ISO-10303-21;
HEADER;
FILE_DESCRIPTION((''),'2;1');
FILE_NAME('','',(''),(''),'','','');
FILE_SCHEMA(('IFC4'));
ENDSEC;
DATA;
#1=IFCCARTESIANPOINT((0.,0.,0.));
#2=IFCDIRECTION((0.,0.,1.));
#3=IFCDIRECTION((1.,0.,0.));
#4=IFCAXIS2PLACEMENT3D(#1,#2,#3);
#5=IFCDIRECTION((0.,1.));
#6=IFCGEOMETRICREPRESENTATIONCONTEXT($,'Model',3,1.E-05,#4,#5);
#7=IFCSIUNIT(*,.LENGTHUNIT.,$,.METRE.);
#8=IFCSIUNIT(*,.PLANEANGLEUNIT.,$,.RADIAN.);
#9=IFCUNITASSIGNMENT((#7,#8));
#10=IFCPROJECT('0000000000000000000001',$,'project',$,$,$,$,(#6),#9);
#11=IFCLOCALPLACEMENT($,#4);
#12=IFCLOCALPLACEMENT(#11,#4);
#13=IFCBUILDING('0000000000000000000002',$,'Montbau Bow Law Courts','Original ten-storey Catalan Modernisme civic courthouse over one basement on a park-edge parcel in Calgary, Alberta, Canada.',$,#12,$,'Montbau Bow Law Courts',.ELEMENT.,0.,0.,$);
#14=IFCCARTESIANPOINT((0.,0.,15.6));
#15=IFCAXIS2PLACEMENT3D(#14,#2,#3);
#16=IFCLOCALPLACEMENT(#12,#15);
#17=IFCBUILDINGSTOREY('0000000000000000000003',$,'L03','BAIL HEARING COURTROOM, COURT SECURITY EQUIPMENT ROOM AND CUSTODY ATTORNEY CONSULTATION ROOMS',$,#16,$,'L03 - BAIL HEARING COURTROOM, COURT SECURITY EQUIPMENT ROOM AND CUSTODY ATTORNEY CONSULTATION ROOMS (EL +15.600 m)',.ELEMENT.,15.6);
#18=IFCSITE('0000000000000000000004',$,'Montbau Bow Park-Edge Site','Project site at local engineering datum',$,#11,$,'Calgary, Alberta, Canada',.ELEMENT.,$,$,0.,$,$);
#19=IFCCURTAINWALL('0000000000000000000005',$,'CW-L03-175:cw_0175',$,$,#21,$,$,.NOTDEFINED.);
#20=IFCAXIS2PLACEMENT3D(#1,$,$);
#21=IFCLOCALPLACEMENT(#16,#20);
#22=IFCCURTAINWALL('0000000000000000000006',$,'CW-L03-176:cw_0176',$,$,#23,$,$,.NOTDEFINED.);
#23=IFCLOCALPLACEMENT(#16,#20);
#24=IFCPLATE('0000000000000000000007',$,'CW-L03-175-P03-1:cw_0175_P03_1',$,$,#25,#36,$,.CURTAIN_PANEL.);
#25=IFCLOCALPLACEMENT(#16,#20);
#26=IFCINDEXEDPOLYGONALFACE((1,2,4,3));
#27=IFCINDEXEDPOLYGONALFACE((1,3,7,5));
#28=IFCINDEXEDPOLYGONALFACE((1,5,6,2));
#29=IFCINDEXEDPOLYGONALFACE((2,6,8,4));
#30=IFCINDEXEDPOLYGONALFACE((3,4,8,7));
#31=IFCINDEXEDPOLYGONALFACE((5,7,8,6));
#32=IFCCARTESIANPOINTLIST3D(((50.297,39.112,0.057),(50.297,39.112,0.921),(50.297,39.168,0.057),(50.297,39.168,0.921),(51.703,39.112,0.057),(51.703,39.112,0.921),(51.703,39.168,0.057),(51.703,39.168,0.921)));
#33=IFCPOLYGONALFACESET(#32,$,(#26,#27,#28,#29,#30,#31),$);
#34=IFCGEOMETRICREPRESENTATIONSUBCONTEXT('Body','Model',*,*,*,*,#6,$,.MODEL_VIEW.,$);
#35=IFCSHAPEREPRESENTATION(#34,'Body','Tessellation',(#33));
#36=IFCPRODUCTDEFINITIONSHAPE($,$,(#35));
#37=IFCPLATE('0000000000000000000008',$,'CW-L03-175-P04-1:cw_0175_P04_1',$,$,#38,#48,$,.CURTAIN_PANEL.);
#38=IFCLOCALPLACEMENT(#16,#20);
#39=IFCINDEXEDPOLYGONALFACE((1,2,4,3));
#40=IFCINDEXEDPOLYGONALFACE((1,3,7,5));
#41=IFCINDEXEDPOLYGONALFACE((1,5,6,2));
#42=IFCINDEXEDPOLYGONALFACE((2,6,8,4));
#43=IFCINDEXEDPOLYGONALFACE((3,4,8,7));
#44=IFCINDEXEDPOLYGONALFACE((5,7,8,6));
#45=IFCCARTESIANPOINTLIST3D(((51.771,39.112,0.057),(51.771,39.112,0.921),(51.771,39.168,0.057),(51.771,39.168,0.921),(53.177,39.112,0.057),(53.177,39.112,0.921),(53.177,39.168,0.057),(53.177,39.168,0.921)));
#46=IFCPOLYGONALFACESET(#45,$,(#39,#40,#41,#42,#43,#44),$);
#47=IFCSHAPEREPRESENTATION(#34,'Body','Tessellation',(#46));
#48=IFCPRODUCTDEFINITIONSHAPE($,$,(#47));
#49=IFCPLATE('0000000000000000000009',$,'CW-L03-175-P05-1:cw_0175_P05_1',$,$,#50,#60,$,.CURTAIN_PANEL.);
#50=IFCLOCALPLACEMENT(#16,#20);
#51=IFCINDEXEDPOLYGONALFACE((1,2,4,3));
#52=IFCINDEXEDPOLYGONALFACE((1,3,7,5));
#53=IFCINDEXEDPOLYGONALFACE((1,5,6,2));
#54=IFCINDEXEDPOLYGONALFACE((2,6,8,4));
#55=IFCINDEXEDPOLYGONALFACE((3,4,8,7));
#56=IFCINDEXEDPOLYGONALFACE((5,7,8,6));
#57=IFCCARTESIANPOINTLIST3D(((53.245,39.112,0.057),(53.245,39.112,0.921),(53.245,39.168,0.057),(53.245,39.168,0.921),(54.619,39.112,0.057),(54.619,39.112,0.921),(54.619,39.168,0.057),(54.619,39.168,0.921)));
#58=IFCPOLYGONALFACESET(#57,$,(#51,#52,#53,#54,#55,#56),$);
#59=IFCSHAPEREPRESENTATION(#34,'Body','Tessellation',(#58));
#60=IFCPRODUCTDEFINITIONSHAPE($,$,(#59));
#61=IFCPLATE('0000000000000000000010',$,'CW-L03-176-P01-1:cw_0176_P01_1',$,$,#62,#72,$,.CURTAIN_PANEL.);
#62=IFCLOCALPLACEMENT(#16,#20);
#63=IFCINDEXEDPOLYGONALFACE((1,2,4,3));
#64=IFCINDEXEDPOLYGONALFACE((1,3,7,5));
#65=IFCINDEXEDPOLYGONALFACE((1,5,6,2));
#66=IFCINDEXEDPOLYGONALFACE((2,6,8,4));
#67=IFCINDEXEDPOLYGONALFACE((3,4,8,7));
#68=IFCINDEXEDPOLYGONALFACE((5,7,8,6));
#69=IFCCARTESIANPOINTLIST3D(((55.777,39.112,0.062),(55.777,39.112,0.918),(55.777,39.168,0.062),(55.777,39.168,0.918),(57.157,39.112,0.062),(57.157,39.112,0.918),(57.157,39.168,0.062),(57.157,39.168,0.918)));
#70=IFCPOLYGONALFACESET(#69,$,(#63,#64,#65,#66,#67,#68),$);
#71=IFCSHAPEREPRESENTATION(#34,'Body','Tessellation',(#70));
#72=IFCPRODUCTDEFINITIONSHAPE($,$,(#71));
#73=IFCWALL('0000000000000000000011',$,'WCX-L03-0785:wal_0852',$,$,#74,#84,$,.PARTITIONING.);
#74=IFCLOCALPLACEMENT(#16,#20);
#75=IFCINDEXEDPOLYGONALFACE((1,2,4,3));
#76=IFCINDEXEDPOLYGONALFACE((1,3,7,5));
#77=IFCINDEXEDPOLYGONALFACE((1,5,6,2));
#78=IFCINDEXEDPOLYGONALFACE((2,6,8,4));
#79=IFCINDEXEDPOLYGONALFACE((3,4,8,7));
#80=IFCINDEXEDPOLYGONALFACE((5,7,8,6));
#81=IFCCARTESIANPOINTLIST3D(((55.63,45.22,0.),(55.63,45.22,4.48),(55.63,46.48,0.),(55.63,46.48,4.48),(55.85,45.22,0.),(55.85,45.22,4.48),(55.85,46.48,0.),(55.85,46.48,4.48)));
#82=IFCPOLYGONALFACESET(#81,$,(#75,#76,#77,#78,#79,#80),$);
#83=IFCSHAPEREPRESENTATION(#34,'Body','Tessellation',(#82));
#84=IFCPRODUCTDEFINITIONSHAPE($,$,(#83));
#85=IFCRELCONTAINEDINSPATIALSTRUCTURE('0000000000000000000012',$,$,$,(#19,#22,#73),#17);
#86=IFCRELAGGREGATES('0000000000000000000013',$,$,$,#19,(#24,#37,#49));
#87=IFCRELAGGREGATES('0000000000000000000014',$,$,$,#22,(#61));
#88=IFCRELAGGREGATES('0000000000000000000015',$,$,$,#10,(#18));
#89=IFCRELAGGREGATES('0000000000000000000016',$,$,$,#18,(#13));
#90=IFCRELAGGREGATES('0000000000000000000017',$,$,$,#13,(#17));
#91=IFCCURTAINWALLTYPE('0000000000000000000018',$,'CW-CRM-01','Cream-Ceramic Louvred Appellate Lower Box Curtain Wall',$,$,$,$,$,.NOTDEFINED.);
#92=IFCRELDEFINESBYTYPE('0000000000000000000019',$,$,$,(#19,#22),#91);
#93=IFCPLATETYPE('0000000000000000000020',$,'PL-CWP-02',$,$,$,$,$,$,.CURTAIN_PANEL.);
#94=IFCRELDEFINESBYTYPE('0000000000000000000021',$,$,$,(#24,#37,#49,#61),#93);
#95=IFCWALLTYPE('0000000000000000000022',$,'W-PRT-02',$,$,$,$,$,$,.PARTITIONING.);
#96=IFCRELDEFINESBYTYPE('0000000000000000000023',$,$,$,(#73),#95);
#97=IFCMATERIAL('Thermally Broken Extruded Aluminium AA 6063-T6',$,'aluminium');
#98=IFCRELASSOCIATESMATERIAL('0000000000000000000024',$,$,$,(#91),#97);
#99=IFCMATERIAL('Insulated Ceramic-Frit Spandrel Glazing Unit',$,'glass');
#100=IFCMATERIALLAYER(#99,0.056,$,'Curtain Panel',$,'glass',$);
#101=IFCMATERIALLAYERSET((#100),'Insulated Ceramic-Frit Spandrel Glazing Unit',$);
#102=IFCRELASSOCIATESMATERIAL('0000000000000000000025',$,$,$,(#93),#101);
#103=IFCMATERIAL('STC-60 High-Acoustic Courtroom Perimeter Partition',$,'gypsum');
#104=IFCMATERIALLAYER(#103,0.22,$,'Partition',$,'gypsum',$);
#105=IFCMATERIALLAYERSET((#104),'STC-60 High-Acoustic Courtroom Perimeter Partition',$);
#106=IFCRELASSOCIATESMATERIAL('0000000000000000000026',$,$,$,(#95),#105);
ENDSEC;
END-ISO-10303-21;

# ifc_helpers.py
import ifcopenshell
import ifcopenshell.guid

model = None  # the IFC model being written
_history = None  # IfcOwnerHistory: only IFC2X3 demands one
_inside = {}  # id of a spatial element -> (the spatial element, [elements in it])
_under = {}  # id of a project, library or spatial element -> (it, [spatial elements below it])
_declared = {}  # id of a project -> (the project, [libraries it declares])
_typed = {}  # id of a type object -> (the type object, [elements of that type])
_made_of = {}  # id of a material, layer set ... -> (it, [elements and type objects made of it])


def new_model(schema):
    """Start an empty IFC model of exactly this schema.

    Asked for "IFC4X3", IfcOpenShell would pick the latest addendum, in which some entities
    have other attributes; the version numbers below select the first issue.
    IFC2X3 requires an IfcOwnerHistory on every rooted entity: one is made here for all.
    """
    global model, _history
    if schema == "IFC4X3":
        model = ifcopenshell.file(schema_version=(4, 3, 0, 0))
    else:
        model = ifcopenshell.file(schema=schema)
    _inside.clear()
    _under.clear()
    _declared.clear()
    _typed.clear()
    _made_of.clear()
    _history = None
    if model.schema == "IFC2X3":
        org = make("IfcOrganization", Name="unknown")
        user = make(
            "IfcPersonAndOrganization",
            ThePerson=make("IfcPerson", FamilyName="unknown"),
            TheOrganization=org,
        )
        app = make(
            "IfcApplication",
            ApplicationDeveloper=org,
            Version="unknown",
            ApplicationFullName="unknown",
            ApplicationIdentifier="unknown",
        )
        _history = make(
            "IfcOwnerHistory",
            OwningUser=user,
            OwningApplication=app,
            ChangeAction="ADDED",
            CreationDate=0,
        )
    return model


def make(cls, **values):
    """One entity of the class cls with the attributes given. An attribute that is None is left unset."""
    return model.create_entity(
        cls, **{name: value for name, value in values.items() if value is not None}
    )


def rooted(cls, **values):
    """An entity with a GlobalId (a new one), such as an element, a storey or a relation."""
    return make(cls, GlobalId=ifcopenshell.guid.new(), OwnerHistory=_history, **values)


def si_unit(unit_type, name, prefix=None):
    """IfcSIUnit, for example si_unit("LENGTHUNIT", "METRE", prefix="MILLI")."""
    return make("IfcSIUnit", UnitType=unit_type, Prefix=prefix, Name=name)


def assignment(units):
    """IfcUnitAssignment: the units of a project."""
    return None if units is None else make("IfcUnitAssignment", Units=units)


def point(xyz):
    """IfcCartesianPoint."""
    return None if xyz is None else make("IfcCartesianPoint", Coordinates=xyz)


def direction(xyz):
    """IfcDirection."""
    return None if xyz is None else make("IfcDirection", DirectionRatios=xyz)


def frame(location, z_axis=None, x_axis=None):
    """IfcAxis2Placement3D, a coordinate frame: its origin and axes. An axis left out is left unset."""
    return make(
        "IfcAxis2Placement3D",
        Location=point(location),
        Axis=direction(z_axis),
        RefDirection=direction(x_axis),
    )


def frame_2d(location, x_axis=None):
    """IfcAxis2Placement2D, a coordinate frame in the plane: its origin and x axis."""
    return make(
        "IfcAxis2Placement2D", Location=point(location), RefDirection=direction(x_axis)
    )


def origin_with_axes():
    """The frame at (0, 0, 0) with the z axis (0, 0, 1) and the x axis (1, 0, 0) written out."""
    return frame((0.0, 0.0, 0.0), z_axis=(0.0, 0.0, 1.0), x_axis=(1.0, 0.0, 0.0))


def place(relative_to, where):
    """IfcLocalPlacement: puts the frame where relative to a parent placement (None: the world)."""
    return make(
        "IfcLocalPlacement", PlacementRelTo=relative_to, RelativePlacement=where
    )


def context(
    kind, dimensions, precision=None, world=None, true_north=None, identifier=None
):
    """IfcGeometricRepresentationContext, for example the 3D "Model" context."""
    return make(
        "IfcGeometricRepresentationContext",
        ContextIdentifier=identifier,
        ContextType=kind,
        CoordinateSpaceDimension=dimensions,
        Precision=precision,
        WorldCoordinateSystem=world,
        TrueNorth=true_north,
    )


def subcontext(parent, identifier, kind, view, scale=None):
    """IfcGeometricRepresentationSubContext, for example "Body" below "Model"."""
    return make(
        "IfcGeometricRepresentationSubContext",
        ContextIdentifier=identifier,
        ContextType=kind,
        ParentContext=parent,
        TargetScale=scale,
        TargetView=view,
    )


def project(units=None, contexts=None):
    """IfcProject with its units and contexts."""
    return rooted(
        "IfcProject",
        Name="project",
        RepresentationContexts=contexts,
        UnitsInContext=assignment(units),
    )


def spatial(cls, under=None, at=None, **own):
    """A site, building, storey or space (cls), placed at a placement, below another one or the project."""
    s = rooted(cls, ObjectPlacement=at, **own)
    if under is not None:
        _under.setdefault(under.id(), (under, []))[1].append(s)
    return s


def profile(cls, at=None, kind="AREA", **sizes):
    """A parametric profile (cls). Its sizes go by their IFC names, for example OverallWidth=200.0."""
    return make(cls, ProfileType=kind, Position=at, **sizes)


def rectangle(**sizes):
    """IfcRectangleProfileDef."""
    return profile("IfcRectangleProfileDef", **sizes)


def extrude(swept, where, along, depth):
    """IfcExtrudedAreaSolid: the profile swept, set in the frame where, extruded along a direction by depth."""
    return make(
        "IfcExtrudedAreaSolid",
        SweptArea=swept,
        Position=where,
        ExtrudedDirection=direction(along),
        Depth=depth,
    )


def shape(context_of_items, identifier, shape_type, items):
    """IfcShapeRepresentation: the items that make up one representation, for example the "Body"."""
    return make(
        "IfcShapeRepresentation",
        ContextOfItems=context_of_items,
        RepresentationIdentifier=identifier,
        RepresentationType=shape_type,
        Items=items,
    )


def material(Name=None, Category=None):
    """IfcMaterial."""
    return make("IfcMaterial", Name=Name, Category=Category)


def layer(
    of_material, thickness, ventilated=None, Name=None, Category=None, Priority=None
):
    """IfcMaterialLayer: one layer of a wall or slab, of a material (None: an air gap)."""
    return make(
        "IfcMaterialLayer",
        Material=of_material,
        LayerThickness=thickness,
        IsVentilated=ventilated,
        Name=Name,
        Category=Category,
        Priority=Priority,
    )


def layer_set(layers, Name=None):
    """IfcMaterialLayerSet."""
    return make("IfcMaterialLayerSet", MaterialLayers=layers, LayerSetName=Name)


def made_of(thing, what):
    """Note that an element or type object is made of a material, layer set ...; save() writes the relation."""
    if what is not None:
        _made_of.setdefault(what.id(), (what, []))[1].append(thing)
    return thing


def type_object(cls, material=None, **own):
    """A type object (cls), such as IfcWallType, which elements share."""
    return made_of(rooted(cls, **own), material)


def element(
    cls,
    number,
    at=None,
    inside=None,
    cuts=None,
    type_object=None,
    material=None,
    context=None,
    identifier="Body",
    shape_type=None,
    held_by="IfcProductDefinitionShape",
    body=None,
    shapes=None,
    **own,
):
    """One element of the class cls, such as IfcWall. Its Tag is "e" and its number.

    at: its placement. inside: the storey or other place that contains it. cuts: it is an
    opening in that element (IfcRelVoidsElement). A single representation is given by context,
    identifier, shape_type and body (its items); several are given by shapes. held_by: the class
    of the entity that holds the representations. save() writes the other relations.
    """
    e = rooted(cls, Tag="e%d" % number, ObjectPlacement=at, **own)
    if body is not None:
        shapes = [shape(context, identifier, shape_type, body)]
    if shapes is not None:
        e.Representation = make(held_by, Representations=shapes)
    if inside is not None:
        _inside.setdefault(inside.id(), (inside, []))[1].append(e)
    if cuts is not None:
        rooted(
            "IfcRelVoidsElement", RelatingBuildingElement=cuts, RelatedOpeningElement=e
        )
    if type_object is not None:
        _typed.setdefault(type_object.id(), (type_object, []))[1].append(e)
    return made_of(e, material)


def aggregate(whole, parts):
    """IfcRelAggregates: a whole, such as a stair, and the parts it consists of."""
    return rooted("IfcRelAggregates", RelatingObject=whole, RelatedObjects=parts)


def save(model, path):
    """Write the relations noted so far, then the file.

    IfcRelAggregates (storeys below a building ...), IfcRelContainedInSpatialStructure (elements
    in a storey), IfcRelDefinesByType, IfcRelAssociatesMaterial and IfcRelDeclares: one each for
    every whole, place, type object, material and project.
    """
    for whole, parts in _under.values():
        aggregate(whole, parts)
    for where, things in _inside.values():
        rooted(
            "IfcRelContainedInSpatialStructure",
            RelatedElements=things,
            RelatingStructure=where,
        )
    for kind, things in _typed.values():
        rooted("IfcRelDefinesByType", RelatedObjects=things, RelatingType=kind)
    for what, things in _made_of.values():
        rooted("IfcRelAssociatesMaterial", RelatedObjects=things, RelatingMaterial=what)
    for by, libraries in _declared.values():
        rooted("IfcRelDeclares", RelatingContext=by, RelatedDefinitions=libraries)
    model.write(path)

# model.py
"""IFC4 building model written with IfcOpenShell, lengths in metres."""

from ifc_helpers import new_model, si_unit, direction, frame, frame_2d, origin_with_axes, place, context, subcontext, project, spatial, rectangle, extrude, material, layer, layer_set, type_object, element, aggregate, save


model = new_model("IFC4")

# Units and contexts
model_context = context("Model", 3, precision=1e-05, world=origin_with_axes(), true_north=direction((0.0, 1.0)))
body_context = subcontext(model_context, "Body", "Model", "MODEL_VIEW")
ifc_project = project(units=[si_unit("LENGTHUNIT", "METRE"), si_unit("PLANEANGLEUNIT", "RADIAN")], contexts=[model_context])

# Site, building, storey
site_placement = place(None, origin_with_axes())
site = spatial("IfcSite", under=ifc_project, at=site_placement, Name="Montbau Bow Park-Edge Site", Description="Project site at local engineering datum", LongName="Calgary, Alberta, Canada", CompositionType="ELEMENT", RefElevation=0.0)
building_placement = place(site_placement, origin_with_axes())
building = spatial("IfcBuilding", under=site, at=building_placement, Name="Montbau Bow Law Courts", Description="Original ten-storey Catalan Modernisme civic courthouse over one basement on a park-edge parcel in Calgary, Alberta, Canada.", LongName="Montbau Bow Law Courts", CompositionType="ELEMENT", ElevationOfRefHeight=0.0, ElevationOfTerrain=0.0)
storey_placement = place(building_placement, frame((0.0, 0.0, 15.6), z_axis=(0.0, 0.0, 1.0), x_axis=(1.0, 0.0, 0.0)))
storey = spatial("IfcBuildingStorey", under=building, at=storey_placement, Name="L03", Description="BAIL HEARING COURTROOM, COURT SECURITY EQUIPMENT ROOM AND CUSTODY ATTORNEY CONSULTATION ROOMS", LongName="L03 - BAIL HEARING COURTROOM, COURT SECURITY EQUIPMENT ROOM AND CUSTODY ATTORNEY CONSULTATION ROOMS (EL +15.600 m)", CompositionType="ELEMENT", Elevation=15.6)

# Curtain wall
ifc_material_1 = material(Name="Thermally Broken Extruded Aluminium AA 6063-T6", Category="aluminium")
curtain_wall_type = type_object("IfcCurtainWallType", Name="CW-CRM-01", Description="Cream-Ceramic Louvred Appellate Lower Box Curtain Wall", PredefinedType="NOTDEFINED", material=ifc_material_1)
curtain_wall_1_placement = place(None, frame((47.315, 39.14, 15.6), z_axis=(0.0, 0.0, 1.0), x_axis=(1.0, 0.0, 0.0)))
curtain_wall_1 = element("IfcCurtainWall", 1, at=curtain_wall_1_placement, inside=storey, type_object=curtain_wall_type, Name="CW-L03-175:cw_0175", PredefinedType="NOTDEFINED")

# Curtain wall
curtain_wall_2_placement = place(None, frame((55.715, 39.14, 15.6), z_axis=(0.0, 0.0, 1.0), x_axis=(1.0, 0.0, 0.0)))
curtain_wall_2 = element("IfcCurtainWall", 2, at=curtain_wall_2_placement, inside=storey, type_object=curtain_wall_type, Name="CW-L03-176:cw_0176", PredefinedType="NOTDEFINED")

# Plates
ifc_material_2 = material(Name="Insulated Ceramic-Frit Spandrel Glazing Unit", Category="glass")
ifc_layer_1 = layer(ifc_material_2, 0.056, Name="Curtain Panel", Category="glass")
ifc_layer_set_1 = layer_set([ifc_layer_1], Name="Insulated Ceramic-Frit Spandrel Glazing Unit")
plate_type_1 = type_object("IfcPlateType", Name="PL-CWP-02", PredefinedType="CURTAIN_PANEL", material=ifc_layer_set_1)
plate_1_placement = place(None, frame((50.297, 39.14, 15.657), z_axis=(0.0, -1.0, 0.0), x_axis=(1.0, 0.0, 0.0)))
plate_1 = element("IfcPlate", 3, at=plate_1_placement, type_object=plate_type_1, Name="CW-L03-175-P03-1:cw_0175_P03_1", PredefinedType="CURTAIN_PANEL", context=body_context, shape_type="SweptSolid", body=[
    extrude(rectangle(XDim=1.406, YDim=0.864, at=frame_2d((0.703, 0.432), x_axis=(1.0, 0.0))), frame((0.0, 0.0, -0.028), z_axis=(0.0, 0.0, 1.0), x_axis=(1.0, 0.0, 0.0)), (0.0, 0.0, 1.0), 0.056),
])
plate_2_placement = place(None, frame((51.771, 39.14, 15.657), z_axis=(0.0, -1.0, 0.0), x_axis=(1.0, 0.0, 0.0)))
plate_2 = element("IfcPlate", 4, at=plate_2_placement, type_object=plate_type_1, Name="CW-L03-175-P04-1:cw_0175_P04_1", PredefinedType="CURTAIN_PANEL", context=body_context, shape_type="SweptSolid", body=[
    extrude(rectangle(XDim=1.406, YDim=0.864, at=frame_2d((0.703, 0.432), x_axis=(1.0, 0.0))), frame((0.0, 0.0, -0.028), z_axis=(0.0, 0.0, 1.0), x_axis=(1.0, 0.0, 0.0)), (0.0, 0.0, 1.0), 0.056),
])
plate_3_placement = place(None, frame((53.245, 39.14, 15.657), z_axis=(0.0, -1.0, 0.0), x_axis=(1.0, 0.0, 0.0)))
plate_3 = element("IfcPlate", 5, at=plate_3_placement, type_object=plate_type_1, Name="CW-L03-175-P05-1:cw_0175_P05_1", PredefinedType="CURTAIN_PANEL", context=body_context, shape_type="SweptSolid", body=[
    extrude(rectangle(XDim=1.374, YDim=0.864, at=frame_2d((0.687, 0.432), x_axis=(1.0, 0.0))), frame((0.0, 0.0, -0.028), z_axis=(0.0, 0.0, 1.0), x_axis=(1.0, 0.0, 0.0)), (0.0, 0.0, 1.0), 0.056),
])
aggregate(curtain_wall_1, [plate_1, plate_2, plate_3])
plate_4_placement = place(None, frame((55.777, 39.14, 15.662), z_axis=(0.0, -1.0, 0.0), x_axis=(1.0, 0.0, 0.0)))
plate_4 = element("IfcPlate", 6, at=plate_4_placement, type_object=plate_type_1, Name="CW-L03-176-P01-1:cw_0176_P01_1", PredefinedType="CURTAIN_PANEL", context=body_context, shape_type="SweptSolid", body=[
    extrude(rectangle(XDim=1.38, YDim=0.856, at=frame_2d((0.69, 0.428), x_axis=(1.0, 0.0))), frame((0.0, 0.0, -0.028), z_axis=(0.0, 0.0, 1.0), x_axis=(1.0, 0.0, 0.0)), (0.0, 0.0, 1.0), 0.056),
])
aggregate(curtain_wall_2, [plate_4])

# Wall
ifc_material_3 = material(Name="STC-60 High-Acoustic Courtroom Perimeter Partition", Category="gypsum")
ifc_layer_2 = layer(ifc_material_3, 0.22, Name="Partition", Category="gypsum")
ifc_layer_set_2 = layer_set([ifc_layer_2], Name="STC-60 High-Acoustic Courtroom Perimeter Partition")
wall_type = type_object("IfcWallType", Name="W-PRT-02", PredefinedType="PARTITIONING", material=ifc_layer_set_2)
wall_placement = place(None, frame((55.74, 45.22, 15.6), z_axis=(0.0, 0.0, 1.0), x_axis=(0.0, 1.0, 0.0)))
element("IfcWall", 7, at=wall_placement, inside=storey, type_object=wall_type, Name="WCX-L03-0785:wal_0852", PredefinedType="PARTITIONING", context=body_context, shape_type="SweptSolid", body=[
    extrude(rectangle(XDim=1.26, YDim=0.22, at=frame_2d((0.63, 0.0), x_axis=(1.0, 0.0))), origin_with_axes(), (0.0, 0.0, 1.0), 4.48),
])

save(model, "model.ifc")
